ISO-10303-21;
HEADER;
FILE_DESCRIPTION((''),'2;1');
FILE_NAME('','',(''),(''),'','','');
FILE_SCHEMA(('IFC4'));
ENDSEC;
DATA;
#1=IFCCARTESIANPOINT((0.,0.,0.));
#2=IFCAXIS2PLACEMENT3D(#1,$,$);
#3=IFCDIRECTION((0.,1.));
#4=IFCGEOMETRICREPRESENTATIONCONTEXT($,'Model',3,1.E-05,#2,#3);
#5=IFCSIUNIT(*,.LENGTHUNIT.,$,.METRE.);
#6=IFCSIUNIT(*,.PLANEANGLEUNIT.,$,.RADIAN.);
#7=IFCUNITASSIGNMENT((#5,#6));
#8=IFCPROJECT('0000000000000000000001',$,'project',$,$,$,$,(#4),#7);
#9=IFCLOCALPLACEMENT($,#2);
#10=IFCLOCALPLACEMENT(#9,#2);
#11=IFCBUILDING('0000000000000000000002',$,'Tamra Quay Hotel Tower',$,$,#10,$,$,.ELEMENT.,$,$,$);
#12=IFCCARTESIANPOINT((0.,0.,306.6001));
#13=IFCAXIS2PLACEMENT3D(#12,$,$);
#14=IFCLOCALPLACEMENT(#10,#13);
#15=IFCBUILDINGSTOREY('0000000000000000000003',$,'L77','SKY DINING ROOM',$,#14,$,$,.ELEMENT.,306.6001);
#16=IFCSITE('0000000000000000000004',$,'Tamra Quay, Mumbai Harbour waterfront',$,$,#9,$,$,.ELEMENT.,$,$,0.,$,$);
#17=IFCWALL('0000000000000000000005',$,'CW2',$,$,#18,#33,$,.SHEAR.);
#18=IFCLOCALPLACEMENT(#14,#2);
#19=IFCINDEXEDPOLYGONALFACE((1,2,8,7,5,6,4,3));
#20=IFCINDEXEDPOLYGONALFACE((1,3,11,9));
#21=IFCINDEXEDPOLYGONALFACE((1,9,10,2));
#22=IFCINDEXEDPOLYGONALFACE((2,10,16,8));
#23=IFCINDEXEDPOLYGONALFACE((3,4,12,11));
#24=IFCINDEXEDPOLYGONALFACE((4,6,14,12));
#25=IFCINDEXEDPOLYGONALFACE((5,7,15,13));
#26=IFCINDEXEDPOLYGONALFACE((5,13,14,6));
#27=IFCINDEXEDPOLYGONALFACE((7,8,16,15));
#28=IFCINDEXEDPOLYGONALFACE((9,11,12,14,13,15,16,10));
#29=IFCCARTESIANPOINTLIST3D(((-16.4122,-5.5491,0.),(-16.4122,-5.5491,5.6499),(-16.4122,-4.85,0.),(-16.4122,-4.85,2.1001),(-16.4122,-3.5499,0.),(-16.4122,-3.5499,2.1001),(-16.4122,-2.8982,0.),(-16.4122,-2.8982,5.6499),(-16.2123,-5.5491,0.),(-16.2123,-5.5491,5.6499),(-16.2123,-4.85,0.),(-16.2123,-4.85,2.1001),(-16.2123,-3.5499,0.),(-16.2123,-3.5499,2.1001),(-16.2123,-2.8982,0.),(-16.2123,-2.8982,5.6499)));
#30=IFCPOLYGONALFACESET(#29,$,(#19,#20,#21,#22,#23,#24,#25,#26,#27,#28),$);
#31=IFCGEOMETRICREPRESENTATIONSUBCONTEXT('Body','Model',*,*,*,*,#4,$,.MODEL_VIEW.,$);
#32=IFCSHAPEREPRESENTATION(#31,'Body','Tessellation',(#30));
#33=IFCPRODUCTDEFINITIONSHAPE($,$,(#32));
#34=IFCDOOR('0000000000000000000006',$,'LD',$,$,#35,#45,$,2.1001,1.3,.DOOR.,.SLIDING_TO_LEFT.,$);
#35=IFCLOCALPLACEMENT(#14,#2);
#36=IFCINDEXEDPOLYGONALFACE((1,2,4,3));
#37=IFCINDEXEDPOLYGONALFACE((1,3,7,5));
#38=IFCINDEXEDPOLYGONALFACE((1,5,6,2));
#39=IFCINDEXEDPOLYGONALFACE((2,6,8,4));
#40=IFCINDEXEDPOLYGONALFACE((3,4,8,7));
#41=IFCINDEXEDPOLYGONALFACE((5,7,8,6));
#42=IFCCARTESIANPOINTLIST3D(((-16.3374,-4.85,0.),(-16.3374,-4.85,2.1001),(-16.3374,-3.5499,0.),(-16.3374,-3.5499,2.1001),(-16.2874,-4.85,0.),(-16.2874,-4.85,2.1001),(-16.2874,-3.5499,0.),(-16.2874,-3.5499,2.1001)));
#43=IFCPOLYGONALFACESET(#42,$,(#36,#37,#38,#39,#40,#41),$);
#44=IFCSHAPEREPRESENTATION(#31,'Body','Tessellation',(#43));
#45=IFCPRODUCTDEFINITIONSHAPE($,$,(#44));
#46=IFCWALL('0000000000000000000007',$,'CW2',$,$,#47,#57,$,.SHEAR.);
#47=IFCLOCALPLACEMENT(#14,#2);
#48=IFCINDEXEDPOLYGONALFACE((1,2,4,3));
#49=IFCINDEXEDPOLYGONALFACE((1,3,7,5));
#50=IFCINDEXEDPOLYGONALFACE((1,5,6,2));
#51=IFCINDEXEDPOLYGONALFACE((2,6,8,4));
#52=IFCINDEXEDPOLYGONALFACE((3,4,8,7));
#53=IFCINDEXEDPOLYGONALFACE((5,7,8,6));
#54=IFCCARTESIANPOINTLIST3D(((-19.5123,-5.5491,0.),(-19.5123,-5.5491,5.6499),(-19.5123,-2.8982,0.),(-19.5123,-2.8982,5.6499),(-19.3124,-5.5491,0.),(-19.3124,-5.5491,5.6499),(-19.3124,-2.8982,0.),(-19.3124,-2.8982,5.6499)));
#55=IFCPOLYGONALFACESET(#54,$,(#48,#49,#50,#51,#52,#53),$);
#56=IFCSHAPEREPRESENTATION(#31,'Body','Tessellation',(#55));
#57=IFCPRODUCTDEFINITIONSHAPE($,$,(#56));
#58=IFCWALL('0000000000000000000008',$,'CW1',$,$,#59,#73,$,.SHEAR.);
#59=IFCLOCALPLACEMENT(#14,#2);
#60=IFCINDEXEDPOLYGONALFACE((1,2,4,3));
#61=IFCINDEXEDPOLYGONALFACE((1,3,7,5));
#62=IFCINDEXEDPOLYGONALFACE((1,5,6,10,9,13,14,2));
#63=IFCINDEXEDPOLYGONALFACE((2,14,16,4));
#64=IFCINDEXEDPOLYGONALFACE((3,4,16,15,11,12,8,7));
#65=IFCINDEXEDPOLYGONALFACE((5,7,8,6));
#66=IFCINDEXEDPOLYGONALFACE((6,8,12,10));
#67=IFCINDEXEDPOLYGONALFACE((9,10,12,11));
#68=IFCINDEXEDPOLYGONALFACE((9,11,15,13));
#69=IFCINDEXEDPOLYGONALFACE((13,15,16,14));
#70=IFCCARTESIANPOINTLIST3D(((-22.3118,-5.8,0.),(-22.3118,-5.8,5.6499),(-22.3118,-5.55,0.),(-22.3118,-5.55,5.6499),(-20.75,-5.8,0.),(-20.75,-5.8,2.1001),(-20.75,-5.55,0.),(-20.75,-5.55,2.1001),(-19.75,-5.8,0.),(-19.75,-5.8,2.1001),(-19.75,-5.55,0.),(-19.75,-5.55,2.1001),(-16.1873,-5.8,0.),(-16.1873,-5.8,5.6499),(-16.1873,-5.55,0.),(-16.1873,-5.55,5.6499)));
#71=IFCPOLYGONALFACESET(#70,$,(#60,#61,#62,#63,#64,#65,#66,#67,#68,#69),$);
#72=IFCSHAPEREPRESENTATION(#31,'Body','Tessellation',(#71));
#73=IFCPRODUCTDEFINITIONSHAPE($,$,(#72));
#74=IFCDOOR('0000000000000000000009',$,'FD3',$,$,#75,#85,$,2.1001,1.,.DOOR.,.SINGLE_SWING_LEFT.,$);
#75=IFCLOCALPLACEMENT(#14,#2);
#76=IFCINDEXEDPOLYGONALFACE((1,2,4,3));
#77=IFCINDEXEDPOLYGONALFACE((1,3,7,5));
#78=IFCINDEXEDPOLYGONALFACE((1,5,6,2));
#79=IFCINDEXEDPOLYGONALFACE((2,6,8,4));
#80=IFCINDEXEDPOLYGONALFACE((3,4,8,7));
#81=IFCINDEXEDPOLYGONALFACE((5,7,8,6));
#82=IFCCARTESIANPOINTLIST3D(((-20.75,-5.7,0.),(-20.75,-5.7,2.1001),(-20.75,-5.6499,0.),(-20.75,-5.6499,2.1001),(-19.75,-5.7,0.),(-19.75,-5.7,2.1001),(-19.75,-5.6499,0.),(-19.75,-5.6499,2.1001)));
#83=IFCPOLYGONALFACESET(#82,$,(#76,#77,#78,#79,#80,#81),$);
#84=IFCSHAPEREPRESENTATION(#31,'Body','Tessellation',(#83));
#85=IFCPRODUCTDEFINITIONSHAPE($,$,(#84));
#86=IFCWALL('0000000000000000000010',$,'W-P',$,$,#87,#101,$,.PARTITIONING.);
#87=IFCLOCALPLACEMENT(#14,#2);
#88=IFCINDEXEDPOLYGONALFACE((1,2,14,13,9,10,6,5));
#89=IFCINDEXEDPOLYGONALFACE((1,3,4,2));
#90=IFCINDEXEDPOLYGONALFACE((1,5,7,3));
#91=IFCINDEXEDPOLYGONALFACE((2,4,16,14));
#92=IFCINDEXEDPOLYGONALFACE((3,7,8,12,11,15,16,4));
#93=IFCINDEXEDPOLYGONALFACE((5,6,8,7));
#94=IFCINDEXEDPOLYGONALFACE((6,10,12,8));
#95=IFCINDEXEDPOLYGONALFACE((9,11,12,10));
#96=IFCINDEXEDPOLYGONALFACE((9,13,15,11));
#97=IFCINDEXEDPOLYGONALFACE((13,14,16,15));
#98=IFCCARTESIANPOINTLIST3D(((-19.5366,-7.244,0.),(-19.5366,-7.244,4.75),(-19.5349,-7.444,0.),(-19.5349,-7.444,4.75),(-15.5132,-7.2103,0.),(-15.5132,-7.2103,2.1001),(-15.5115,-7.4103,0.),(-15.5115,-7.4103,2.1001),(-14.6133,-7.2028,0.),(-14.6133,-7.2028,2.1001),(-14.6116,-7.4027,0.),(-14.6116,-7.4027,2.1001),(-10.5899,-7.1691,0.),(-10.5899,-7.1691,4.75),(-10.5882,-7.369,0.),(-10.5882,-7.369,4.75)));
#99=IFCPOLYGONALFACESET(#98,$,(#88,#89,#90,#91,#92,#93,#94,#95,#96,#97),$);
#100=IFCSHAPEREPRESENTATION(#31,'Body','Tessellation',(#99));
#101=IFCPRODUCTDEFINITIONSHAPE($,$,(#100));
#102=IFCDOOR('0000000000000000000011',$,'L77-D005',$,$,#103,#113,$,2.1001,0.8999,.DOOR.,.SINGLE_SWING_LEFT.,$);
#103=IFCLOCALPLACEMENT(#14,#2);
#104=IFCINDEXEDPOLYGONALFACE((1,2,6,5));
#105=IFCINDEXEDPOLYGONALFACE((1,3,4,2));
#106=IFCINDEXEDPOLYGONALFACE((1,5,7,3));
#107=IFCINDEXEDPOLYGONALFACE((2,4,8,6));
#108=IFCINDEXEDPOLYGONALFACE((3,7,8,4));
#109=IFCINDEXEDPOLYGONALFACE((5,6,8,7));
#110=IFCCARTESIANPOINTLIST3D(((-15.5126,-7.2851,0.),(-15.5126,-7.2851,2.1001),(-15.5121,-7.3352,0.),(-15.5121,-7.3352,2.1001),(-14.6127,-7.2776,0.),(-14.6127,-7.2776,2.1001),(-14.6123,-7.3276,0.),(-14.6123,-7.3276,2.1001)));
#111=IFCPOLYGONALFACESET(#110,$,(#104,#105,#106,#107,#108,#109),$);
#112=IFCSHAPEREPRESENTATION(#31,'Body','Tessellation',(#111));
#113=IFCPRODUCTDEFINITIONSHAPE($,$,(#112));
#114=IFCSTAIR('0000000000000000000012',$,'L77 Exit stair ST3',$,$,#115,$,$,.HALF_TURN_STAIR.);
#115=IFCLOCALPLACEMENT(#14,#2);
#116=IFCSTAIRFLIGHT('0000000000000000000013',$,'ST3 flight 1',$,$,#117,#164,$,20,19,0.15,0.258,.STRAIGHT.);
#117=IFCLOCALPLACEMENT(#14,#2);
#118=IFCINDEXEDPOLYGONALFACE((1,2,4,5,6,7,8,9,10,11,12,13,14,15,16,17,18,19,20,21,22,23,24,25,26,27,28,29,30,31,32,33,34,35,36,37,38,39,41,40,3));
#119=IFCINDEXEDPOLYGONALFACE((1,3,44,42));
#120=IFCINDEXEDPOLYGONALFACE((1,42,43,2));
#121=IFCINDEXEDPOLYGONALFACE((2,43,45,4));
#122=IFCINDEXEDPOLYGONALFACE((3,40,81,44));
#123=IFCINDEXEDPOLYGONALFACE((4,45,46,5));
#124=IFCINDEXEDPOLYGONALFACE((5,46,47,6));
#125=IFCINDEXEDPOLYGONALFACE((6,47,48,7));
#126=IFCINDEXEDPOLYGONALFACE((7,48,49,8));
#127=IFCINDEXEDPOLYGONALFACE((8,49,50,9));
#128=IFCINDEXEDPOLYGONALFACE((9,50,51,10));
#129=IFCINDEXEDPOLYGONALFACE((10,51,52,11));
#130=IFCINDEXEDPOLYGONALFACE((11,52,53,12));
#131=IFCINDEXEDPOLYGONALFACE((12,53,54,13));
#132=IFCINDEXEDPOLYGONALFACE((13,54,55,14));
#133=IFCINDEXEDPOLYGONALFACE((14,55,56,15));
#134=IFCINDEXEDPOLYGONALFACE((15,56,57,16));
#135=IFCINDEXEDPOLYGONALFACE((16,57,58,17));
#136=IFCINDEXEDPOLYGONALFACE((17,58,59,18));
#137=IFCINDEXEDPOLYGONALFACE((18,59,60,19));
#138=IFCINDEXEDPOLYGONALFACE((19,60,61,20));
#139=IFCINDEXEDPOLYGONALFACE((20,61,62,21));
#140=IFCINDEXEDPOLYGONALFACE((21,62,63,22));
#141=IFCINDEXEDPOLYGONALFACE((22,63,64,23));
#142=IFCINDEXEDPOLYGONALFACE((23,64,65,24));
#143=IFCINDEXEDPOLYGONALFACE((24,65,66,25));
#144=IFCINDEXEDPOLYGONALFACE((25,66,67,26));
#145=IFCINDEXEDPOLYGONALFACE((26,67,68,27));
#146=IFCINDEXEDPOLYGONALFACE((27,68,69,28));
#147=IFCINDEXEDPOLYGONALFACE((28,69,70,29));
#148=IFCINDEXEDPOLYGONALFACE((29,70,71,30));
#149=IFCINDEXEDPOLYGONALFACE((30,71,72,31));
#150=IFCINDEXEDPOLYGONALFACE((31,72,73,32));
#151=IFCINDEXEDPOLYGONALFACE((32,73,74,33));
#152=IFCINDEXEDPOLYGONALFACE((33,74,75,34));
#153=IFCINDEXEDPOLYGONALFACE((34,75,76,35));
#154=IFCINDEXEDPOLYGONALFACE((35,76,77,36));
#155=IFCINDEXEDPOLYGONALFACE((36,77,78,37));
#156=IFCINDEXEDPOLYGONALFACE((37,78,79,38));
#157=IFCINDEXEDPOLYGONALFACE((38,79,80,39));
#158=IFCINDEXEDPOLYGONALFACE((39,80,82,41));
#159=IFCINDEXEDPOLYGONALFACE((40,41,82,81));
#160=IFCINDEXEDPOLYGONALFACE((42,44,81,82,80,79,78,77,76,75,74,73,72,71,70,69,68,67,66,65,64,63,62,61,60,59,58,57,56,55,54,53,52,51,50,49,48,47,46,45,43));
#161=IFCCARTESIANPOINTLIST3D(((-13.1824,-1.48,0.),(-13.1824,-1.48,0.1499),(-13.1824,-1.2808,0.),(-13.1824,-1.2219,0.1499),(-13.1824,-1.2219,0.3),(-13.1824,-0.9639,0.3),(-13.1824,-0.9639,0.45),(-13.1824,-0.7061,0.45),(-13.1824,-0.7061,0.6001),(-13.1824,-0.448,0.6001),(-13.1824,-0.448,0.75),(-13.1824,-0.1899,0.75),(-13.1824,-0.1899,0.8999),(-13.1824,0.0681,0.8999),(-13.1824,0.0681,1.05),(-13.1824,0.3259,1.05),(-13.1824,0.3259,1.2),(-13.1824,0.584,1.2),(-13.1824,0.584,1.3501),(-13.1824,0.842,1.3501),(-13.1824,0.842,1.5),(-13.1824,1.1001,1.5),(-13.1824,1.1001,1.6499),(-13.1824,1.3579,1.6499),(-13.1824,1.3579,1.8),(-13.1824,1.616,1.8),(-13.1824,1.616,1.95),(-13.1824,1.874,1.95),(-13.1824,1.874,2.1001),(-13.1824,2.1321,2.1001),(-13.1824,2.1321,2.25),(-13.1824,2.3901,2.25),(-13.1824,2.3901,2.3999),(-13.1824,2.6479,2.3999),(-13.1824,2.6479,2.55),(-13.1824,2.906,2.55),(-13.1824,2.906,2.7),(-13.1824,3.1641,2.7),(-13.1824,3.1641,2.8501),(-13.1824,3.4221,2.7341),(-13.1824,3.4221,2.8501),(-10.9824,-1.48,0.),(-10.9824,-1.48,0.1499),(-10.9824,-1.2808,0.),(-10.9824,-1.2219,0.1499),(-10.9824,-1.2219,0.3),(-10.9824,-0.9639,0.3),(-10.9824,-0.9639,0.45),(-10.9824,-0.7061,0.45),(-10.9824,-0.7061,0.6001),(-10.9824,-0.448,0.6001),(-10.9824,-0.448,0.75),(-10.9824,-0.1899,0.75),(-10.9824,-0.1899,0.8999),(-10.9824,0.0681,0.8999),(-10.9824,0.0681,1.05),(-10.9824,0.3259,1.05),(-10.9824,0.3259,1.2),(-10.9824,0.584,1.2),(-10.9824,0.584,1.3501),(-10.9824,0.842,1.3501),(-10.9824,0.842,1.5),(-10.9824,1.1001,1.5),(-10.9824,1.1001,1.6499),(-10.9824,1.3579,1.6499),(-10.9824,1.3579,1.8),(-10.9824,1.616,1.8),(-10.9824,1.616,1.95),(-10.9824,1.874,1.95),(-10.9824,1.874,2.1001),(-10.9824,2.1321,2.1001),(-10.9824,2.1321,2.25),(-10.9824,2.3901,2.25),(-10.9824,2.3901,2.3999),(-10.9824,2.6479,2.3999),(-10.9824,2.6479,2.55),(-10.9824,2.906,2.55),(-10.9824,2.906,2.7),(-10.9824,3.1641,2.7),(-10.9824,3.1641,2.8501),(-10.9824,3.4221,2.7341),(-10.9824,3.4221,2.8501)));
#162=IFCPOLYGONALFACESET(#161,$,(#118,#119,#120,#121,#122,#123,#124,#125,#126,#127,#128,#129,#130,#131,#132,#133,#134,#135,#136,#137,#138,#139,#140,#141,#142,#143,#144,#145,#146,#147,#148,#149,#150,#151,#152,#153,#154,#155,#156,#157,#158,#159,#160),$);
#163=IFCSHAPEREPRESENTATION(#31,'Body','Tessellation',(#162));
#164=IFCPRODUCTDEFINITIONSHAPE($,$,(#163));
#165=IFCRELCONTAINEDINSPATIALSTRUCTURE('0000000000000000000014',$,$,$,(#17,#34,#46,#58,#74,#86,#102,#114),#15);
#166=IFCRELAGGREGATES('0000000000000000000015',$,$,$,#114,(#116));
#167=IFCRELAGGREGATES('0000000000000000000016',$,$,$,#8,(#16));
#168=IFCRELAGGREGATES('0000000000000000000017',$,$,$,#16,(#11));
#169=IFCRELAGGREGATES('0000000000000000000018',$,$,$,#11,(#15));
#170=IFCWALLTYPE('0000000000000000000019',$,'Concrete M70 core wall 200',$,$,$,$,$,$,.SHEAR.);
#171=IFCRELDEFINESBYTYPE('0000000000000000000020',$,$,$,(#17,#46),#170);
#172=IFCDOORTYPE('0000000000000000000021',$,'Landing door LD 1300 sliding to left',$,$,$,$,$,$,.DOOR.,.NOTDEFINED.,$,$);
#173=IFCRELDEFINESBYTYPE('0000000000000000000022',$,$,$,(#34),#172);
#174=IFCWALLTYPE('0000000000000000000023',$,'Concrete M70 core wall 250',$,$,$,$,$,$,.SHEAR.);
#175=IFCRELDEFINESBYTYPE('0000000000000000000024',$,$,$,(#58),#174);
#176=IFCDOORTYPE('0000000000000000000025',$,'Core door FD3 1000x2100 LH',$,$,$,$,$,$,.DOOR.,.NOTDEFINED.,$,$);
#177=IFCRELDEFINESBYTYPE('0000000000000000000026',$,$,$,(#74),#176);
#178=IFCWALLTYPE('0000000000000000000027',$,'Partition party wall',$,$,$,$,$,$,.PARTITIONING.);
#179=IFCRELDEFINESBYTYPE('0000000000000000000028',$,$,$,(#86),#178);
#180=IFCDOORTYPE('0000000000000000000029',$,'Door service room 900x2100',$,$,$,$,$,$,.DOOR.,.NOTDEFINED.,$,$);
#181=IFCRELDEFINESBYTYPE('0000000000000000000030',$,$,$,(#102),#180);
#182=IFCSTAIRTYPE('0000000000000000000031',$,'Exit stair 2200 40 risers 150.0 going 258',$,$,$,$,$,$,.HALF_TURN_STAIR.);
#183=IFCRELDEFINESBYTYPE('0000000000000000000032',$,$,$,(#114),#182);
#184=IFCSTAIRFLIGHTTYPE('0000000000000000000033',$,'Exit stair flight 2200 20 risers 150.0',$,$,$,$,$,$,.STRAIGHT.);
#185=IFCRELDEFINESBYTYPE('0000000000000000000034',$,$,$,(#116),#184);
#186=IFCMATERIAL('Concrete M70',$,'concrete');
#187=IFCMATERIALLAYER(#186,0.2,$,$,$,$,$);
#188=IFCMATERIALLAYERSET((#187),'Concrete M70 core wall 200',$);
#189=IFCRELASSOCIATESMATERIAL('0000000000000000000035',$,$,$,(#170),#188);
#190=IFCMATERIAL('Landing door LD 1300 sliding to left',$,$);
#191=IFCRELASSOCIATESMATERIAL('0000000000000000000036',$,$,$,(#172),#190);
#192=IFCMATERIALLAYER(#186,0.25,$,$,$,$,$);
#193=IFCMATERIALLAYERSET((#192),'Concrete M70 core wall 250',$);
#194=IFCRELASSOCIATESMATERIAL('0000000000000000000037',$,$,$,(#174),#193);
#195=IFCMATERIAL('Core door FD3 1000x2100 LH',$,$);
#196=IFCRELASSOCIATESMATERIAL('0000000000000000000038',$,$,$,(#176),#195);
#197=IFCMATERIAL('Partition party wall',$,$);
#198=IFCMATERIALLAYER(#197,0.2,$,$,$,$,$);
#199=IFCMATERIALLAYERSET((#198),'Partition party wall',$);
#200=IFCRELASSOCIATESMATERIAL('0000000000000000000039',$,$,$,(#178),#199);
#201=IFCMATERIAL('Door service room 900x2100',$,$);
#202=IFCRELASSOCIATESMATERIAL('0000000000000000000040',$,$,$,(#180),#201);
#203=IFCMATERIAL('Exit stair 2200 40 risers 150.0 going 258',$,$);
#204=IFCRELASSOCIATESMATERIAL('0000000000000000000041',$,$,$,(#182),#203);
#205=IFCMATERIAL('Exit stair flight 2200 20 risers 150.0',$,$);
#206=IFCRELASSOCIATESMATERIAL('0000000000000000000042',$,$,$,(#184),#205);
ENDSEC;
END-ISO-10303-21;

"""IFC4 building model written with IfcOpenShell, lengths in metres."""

from ifc_helpers import new_model, si_unit, direction, frame, frame_2d, origin, place, context, subcontext, project, spatial, polyline, rectangle, outline, extrude, material, layer, layer_set, type_object, element, fill, aggregate, save


model = new_model("IFC4")

# Units and contexts
model_context = context("Model", 3, precision=1e-05, world=origin(), true_north=direction((0.0, 1.0)))
body_context = subcontext(model_context, "Body", "Model", "MODEL_VIEW")
ifc_project = project(units=[si_unit("LENGTHUNIT", "METRE"), si_unit("PLANEANGLEUNIT", "RADIAN")], contexts=[model_context])

# Site, building, storey
site_placement = place(None, origin())
site = spatial("IfcSite", under=ifc_project, at=site_placement, Name="Tamra Quay, Mumbai Harbour waterfront", CompositionType="ELEMENT", RefElevation=0.0)
building_placement = place(site_placement, origin())
building = spatial("IfcBuilding", under=site, at=building_placement, Name="Tamra Quay Hotel Tower", CompositionType="ELEMENT")
storey_placement = place(building_placement, frame((0.0, 0.0, 306.6001)))
storey = spatial("IfcBuildingStorey", under=building, at=storey_placement, Name="L77", Description="SKY DINING ROOM", CompositionType="ELEMENT", Elevation=306.6001)

# Shared definitions
ifc_material_1 = material(Name="Concrete M70", Category="concrete")

# Shared definitions
ifc_layer_1 = layer(ifc_material_1, 0.2)
ifc_layer_set_1 = layer_set([ifc_layer_1], Name="Concrete M70 core wall 200")
wall_type_1 = type_object("IfcWallType", Name="Concrete M70 core wall 200", PredefinedType="SHEAR", material=ifc_layer_set_1)

# Wall, opening, door
wall_1_placement = place(storey_placement, frame((-16.3123, -2.8982, 0.0), z_axis=(0.0, 0.0, 1.0), x_axis=(0.0, -1.0, 0.0)))
wall_1 = element("IfcWall", 1, at=wall_1_placement, inside=storey, type_object=wall_type_1, Name="CW2", PredefinedType="SHEAR", context=body_context, shape_type="SweptSolid", body=[
    extrude(rectangle(XDim=2.6509, YDim=0.2, at=frame_2d((1.3254, 0.0))), origin(), (0.0, 0.0, 1.0), 5.6499),
])
opening_1_placement = place(wall_1_placement, frame((0.6519, 0.0, 0.0)))
opening_1 = element("IfcOpeningElement", 2, at=opening_1_placement, cuts=wall_1, PredefinedType="OPENING", context=body_context, shape_type="SweptSolid", body=[
    extrude(rectangle(XDim=1.3, YDim=2.1001, at=frame_2d((0.6499, 1.05))), frame((0.0, 0.1099, 0.0), z_axis=(0.0, -1.0, 0.0), x_axis=(1.0, 0.0, 0.0)), (0.0, 0.0, 1.0), 0.22),
])
ifc_material_2 = material(Name="Landing door LD 1300 sliding to left")
door_type_1 = type_object("IfcDoorType", Name="Landing door LD 1300 sliding to left", OperationType="NOTDEFINED", PredefinedType="DOOR", material=ifc_material_2)
door_1_placement = place(opening_1_placement, origin())
door_1 = element("IfcDoor", 3, at=door_1_placement, inside=storey, type_object=door_type_1, Name="LD", OperationType="SLIDING_TO_LEFT", OverallHeight=2.1001, OverallWidth=1.3, PredefinedType="DOOR", context=body_context, shape_type="SweptSolid", body=[
    extrude(rectangle(XDim=1.3, YDim=2.1001, at=frame_2d((0.6499, 1.05))), frame((0.0, 0.0249, 0.0), z_axis=(0.0, -1.0, 0.0), x_axis=(1.0, 0.0, 0.0)), (0.0, 0.0, 1.0), 0.05),
])
fill(opening_1, door_1)

# Wall
wall_2_placement = place(storey_placement, frame((-19.4124, -5.5491, 0.0), z_axis=(0.0, 0.0, 1.0), x_axis=(0.0, 1.0, 0.0)))
element("IfcWall", 4, at=wall_2_placement, inside=storey, type_object=wall_type_1, Name="CW2", PredefinedType="SHEAR", context=body_context, shape_type="SweptSolid", body=[
    extrude(rectangle(XDim=2.6509, YDim=0.2, at=frame_2d((1.3254, 0.0))), origin(), (0.0, 0.0, 1.0), 5.6499),
])

# Walls, openings, doors
ifc_layer_2 = layer(ifc_material_1, 0.25)
ifc_layer_set_2 = layer_set([ifc_layer_2], Name="Concrete M70 core wall 250")
wall_type_2 = type_object("IfcWallType", Name="Concrete M70 core wall 250", PredefinedType="SHEAR", material=ifc_layer_set_2)
wall_3_placement = place(storey_placement, frame((-16.1873, -5.675, 0.0), z_axis=(0.0, 0.0, 1.0), x_axis=(-1.0, 0.0, 0.0)))
wall_3 = element("IfcWall", 5, at=wall_3_placement, inside=storey, type_object=wall_type_2, Name="CW1", PredefinedType="SHEAR", context=body_context, shape_type="SweptSolid", body=[
    extrude(rectangle(XDim=6.1245, YDim=0.25, at=frame_2d((3.0623, 0.0))), origin(), (0.0, 0.0, 1.0), 5.6499),
])
opening_2_placement = place(wall_3_placement, frame((3.5627, 0.0, 0.0)))
opening_2 = element("IfcOpeningElement", 6, at=opening_2_placement, cuts=wall_3, PredefinedType="OPENING", context=body_context, shape_type="SweptSolid", body=[
    extrude(rectangle(XDim=1.0, YDim=2.1001, at=frame_2d((0.5, 1.05))), frame((0.0, 0.135, 0.0), z_axis=(0.0, -1.0, 0.0), x_axis=(1.0, 0.0, 0.0)), (0.0, 0.0, 1.0), 0.27),
])
ifc_material_3 = material(Name="Core door FD3 1000x2100 LH")
door_type_2 = type_object("IfcDoorType", Name="Core door FD3 1000x2100 LH", OperationType="NOTDEFINED", PredefinedType="DOOR", material=ifc_material_3)
door_2_placement = place(opening_2_placement, origin())
door_2 = element("IfcDoor", 7, at=door_2_placement, inside=storey, type_object=door_type_2, Name="FD3", OperationType="SINGLE_SWING_LEFT", OverallHeight=2.1001, OverallWidth=1.0, PredefinedType="DOOR", context=body_context, shape_type="SweptSolid", body=[
    extrude(rectangle(XDim=1.0, YDim=2.1001, at=frame_2d((0.5, 1.05))), frame((0.0, 0.0249, 0.0), z_axis=(0.0, -1.0, 0.0), x_axis=(1.0, 0.0, 0.0)), (0.0, 0.0, 1.0), 0.05),
])
fill(opening_2, door_2)
ifc_material_4 = material(Name="Partition party wall")
ifc_layer_3 = layer(ifc_material_4, 0.2)
ifc_layer_set_3 = layer_set([ifc_layer_3], Name="Partition party wall")
wall_type_3 = type_object("IfcWallType", Name="Partition party wall", PredefinedType="PARTITIONING", material=ifc_layer_set_3)
wall_4_placement = place(storey_placement, frame((-19.5359, -7.344, 0.0), z_axis=(0.0, 0.0, 1.0), x_axis=(0.999965, 0.008377, 0.0)))
wall_4 = element("IfcWall", 8, at=wall_4_placement, inside=storey, type_object=wall_type_3, Name="W-P", PredefinedType="PARTITIONING", context=body_context, shape_type="SweptSolid", body=[
    extrude(rectangle(XDim=8.947, YDim=0.2, at=frame_2d((4.4736, 0.0))), origin(), (0.0, 0.0, 1.0), 4.75),
])
opening_3_placement = place(wall_4_placement, frame((4.0237, 0.0, 0.0)))
opening_3 = element("IfcOpeningElement", 9, at=opening_3_placement, cuts=wall_4, PredefinedType="OPENING", context=body_context, shape_type="SweptSolid", body=[
    extrude(rectangle(XDim=0.8999, YDim=2.1001, at=frame_2d((0.45, 1.05))), frame((0.0, 0.1099, 0.0), z_axis=(0.0, -1.0, 0.0), x_axis=(1.0, 0.0, 0.0)), (0.0, 0.0, 1.0), 0.22),
])
ifc_material_5 = material(Name="Door service room 900x2100")
door_type_3 = type_object("IfcDoorType", Name="Door service room 900x2100", OperationType="NOTDEFINED", PredefinedType="DOOR", material=ifc_material_5)
door_3_placement = place(opening_3_placement, frame((0.8999, 0.0, 0.0), z_axis=(0.0, 0.0, 1.0), x_axis=(-1.0, 0.0, 0.0)))
door_3 = element("IfcDoor", 10, at=door_3_placement, inside=storey, type_object=door_type_3, Name="L77-D005", OperationType="SINGLE_SWING_LEFT", OverallHeight=2.1001, OverallWidth=0.8999, PredefinedType="DOOR", context=body_context, shape_type="SweptSolid", body=[
    extrude(rectangle(XDim=0.8999, YDim=2.1001, at=frame_2d((0.45, 1.05))), frame((0.0, 0.0249, 0.0), z_axis=(0.0, -1.0, 0.0), x_axis=(1.0, 0.0, 0.0)), (0.0, 0.0, 1.0), 0.05),
])
fill(opening_3, door_3)

# Stair, stair flight
ifc_material_6 = material(Name="Exit stair 2200 40 risers 150.0 going 258")
stair_type = type_object("IfcStairType", Name="Exit stair 2200 40 risers 150.0 going 258", PredefinedType="HALF_TURN_STAIR", material=ifc_material_6)
stair_placement = place(storey_placement, origin())
stair = element("IfcStair", 11, at=stair_placement, inside=storey, type_object=stair_type, Name="L77 Exit stair ST3", PredefinedType="HALF_TURN_STAIR")
ifc_material_7 = material(Name="Exit stair flight 2200 20 risers 150.0")
stair_flight_type = type_object("IfcStairFlightType", Name="Exit stair flight 2200 20 risers 150.0", PredefinedType="STRAIGHT", material=ifc_material_7)
stair_flight_placement = place(storey_placement, frame((-12.0823, -1.48, 0.0), z_axis=(0.0, 0.0, 1.0), x_axis=(0.0, 1.0, 0.0)))
stair_flight = element("IfcStairFlight", 12, at=stair_flight_placement, type_object=stair_flight_type, Name="ST3 flight 1", NumberOfRisers=20, NumberOfTreads=19, PredefinedType="STRAIGHT", RiserHeight=0.15, TreadLength=0.258, context=body_context, shape_type="SweptSolid", body=[
    extrude(outline(polyline([(0.0, 0.0), (0.0, 0.1499), (0.2581, 0.1499), (0.2581, 0.3), (0.5161, 0.3), (0.5161, 0.45), (0.7739, 0.45), (0.7739, 0.6001), (1.032, 0.6001), (1.032, 0.75), (1.29, 0.75), (1.29, 0.8999), (1.5481, 0.8999), (1.5481, 1.05), (1.8059, 1.05), (1.8059, 1.2), (2.064, 1.2), (2.064, 1.3501), (2.322, 1.3501), (2.322, 1.5), (2.5801, 1.5), (2.5801, 1.6499), (2.8379, 1.6499), (2.8379, 1.8), (3.0959, 1.8), (3.0959, 1.95), (3.354, 1.95), (3.354, 2.1001), (3.6121, 2.1001), (3.6121, 2.25), (3.8701, 2.25), (3.8701, 2.3999), (4.1279, 2.3999), (4.1279, 2.55), (4.386, 2.55), (4.386, 2.7), (4.644, 2.7), (4.644, 2.8501), (4.9021, 2.8501), (4.9021, 3.0), (4.9021, 2.7341), (0.1992, 0.0), (0.0, 0.0)])), frame((0.0, 1.1001, 0.0), z_axis=(0.0, -1.0, 0.0), x_axis=(1.0, 0.0, 0.0)), (0.0, 0.0, 1.0), 2.2),
])
aggregate(stair, [stair_flight])

save(model, "model.ifc")
